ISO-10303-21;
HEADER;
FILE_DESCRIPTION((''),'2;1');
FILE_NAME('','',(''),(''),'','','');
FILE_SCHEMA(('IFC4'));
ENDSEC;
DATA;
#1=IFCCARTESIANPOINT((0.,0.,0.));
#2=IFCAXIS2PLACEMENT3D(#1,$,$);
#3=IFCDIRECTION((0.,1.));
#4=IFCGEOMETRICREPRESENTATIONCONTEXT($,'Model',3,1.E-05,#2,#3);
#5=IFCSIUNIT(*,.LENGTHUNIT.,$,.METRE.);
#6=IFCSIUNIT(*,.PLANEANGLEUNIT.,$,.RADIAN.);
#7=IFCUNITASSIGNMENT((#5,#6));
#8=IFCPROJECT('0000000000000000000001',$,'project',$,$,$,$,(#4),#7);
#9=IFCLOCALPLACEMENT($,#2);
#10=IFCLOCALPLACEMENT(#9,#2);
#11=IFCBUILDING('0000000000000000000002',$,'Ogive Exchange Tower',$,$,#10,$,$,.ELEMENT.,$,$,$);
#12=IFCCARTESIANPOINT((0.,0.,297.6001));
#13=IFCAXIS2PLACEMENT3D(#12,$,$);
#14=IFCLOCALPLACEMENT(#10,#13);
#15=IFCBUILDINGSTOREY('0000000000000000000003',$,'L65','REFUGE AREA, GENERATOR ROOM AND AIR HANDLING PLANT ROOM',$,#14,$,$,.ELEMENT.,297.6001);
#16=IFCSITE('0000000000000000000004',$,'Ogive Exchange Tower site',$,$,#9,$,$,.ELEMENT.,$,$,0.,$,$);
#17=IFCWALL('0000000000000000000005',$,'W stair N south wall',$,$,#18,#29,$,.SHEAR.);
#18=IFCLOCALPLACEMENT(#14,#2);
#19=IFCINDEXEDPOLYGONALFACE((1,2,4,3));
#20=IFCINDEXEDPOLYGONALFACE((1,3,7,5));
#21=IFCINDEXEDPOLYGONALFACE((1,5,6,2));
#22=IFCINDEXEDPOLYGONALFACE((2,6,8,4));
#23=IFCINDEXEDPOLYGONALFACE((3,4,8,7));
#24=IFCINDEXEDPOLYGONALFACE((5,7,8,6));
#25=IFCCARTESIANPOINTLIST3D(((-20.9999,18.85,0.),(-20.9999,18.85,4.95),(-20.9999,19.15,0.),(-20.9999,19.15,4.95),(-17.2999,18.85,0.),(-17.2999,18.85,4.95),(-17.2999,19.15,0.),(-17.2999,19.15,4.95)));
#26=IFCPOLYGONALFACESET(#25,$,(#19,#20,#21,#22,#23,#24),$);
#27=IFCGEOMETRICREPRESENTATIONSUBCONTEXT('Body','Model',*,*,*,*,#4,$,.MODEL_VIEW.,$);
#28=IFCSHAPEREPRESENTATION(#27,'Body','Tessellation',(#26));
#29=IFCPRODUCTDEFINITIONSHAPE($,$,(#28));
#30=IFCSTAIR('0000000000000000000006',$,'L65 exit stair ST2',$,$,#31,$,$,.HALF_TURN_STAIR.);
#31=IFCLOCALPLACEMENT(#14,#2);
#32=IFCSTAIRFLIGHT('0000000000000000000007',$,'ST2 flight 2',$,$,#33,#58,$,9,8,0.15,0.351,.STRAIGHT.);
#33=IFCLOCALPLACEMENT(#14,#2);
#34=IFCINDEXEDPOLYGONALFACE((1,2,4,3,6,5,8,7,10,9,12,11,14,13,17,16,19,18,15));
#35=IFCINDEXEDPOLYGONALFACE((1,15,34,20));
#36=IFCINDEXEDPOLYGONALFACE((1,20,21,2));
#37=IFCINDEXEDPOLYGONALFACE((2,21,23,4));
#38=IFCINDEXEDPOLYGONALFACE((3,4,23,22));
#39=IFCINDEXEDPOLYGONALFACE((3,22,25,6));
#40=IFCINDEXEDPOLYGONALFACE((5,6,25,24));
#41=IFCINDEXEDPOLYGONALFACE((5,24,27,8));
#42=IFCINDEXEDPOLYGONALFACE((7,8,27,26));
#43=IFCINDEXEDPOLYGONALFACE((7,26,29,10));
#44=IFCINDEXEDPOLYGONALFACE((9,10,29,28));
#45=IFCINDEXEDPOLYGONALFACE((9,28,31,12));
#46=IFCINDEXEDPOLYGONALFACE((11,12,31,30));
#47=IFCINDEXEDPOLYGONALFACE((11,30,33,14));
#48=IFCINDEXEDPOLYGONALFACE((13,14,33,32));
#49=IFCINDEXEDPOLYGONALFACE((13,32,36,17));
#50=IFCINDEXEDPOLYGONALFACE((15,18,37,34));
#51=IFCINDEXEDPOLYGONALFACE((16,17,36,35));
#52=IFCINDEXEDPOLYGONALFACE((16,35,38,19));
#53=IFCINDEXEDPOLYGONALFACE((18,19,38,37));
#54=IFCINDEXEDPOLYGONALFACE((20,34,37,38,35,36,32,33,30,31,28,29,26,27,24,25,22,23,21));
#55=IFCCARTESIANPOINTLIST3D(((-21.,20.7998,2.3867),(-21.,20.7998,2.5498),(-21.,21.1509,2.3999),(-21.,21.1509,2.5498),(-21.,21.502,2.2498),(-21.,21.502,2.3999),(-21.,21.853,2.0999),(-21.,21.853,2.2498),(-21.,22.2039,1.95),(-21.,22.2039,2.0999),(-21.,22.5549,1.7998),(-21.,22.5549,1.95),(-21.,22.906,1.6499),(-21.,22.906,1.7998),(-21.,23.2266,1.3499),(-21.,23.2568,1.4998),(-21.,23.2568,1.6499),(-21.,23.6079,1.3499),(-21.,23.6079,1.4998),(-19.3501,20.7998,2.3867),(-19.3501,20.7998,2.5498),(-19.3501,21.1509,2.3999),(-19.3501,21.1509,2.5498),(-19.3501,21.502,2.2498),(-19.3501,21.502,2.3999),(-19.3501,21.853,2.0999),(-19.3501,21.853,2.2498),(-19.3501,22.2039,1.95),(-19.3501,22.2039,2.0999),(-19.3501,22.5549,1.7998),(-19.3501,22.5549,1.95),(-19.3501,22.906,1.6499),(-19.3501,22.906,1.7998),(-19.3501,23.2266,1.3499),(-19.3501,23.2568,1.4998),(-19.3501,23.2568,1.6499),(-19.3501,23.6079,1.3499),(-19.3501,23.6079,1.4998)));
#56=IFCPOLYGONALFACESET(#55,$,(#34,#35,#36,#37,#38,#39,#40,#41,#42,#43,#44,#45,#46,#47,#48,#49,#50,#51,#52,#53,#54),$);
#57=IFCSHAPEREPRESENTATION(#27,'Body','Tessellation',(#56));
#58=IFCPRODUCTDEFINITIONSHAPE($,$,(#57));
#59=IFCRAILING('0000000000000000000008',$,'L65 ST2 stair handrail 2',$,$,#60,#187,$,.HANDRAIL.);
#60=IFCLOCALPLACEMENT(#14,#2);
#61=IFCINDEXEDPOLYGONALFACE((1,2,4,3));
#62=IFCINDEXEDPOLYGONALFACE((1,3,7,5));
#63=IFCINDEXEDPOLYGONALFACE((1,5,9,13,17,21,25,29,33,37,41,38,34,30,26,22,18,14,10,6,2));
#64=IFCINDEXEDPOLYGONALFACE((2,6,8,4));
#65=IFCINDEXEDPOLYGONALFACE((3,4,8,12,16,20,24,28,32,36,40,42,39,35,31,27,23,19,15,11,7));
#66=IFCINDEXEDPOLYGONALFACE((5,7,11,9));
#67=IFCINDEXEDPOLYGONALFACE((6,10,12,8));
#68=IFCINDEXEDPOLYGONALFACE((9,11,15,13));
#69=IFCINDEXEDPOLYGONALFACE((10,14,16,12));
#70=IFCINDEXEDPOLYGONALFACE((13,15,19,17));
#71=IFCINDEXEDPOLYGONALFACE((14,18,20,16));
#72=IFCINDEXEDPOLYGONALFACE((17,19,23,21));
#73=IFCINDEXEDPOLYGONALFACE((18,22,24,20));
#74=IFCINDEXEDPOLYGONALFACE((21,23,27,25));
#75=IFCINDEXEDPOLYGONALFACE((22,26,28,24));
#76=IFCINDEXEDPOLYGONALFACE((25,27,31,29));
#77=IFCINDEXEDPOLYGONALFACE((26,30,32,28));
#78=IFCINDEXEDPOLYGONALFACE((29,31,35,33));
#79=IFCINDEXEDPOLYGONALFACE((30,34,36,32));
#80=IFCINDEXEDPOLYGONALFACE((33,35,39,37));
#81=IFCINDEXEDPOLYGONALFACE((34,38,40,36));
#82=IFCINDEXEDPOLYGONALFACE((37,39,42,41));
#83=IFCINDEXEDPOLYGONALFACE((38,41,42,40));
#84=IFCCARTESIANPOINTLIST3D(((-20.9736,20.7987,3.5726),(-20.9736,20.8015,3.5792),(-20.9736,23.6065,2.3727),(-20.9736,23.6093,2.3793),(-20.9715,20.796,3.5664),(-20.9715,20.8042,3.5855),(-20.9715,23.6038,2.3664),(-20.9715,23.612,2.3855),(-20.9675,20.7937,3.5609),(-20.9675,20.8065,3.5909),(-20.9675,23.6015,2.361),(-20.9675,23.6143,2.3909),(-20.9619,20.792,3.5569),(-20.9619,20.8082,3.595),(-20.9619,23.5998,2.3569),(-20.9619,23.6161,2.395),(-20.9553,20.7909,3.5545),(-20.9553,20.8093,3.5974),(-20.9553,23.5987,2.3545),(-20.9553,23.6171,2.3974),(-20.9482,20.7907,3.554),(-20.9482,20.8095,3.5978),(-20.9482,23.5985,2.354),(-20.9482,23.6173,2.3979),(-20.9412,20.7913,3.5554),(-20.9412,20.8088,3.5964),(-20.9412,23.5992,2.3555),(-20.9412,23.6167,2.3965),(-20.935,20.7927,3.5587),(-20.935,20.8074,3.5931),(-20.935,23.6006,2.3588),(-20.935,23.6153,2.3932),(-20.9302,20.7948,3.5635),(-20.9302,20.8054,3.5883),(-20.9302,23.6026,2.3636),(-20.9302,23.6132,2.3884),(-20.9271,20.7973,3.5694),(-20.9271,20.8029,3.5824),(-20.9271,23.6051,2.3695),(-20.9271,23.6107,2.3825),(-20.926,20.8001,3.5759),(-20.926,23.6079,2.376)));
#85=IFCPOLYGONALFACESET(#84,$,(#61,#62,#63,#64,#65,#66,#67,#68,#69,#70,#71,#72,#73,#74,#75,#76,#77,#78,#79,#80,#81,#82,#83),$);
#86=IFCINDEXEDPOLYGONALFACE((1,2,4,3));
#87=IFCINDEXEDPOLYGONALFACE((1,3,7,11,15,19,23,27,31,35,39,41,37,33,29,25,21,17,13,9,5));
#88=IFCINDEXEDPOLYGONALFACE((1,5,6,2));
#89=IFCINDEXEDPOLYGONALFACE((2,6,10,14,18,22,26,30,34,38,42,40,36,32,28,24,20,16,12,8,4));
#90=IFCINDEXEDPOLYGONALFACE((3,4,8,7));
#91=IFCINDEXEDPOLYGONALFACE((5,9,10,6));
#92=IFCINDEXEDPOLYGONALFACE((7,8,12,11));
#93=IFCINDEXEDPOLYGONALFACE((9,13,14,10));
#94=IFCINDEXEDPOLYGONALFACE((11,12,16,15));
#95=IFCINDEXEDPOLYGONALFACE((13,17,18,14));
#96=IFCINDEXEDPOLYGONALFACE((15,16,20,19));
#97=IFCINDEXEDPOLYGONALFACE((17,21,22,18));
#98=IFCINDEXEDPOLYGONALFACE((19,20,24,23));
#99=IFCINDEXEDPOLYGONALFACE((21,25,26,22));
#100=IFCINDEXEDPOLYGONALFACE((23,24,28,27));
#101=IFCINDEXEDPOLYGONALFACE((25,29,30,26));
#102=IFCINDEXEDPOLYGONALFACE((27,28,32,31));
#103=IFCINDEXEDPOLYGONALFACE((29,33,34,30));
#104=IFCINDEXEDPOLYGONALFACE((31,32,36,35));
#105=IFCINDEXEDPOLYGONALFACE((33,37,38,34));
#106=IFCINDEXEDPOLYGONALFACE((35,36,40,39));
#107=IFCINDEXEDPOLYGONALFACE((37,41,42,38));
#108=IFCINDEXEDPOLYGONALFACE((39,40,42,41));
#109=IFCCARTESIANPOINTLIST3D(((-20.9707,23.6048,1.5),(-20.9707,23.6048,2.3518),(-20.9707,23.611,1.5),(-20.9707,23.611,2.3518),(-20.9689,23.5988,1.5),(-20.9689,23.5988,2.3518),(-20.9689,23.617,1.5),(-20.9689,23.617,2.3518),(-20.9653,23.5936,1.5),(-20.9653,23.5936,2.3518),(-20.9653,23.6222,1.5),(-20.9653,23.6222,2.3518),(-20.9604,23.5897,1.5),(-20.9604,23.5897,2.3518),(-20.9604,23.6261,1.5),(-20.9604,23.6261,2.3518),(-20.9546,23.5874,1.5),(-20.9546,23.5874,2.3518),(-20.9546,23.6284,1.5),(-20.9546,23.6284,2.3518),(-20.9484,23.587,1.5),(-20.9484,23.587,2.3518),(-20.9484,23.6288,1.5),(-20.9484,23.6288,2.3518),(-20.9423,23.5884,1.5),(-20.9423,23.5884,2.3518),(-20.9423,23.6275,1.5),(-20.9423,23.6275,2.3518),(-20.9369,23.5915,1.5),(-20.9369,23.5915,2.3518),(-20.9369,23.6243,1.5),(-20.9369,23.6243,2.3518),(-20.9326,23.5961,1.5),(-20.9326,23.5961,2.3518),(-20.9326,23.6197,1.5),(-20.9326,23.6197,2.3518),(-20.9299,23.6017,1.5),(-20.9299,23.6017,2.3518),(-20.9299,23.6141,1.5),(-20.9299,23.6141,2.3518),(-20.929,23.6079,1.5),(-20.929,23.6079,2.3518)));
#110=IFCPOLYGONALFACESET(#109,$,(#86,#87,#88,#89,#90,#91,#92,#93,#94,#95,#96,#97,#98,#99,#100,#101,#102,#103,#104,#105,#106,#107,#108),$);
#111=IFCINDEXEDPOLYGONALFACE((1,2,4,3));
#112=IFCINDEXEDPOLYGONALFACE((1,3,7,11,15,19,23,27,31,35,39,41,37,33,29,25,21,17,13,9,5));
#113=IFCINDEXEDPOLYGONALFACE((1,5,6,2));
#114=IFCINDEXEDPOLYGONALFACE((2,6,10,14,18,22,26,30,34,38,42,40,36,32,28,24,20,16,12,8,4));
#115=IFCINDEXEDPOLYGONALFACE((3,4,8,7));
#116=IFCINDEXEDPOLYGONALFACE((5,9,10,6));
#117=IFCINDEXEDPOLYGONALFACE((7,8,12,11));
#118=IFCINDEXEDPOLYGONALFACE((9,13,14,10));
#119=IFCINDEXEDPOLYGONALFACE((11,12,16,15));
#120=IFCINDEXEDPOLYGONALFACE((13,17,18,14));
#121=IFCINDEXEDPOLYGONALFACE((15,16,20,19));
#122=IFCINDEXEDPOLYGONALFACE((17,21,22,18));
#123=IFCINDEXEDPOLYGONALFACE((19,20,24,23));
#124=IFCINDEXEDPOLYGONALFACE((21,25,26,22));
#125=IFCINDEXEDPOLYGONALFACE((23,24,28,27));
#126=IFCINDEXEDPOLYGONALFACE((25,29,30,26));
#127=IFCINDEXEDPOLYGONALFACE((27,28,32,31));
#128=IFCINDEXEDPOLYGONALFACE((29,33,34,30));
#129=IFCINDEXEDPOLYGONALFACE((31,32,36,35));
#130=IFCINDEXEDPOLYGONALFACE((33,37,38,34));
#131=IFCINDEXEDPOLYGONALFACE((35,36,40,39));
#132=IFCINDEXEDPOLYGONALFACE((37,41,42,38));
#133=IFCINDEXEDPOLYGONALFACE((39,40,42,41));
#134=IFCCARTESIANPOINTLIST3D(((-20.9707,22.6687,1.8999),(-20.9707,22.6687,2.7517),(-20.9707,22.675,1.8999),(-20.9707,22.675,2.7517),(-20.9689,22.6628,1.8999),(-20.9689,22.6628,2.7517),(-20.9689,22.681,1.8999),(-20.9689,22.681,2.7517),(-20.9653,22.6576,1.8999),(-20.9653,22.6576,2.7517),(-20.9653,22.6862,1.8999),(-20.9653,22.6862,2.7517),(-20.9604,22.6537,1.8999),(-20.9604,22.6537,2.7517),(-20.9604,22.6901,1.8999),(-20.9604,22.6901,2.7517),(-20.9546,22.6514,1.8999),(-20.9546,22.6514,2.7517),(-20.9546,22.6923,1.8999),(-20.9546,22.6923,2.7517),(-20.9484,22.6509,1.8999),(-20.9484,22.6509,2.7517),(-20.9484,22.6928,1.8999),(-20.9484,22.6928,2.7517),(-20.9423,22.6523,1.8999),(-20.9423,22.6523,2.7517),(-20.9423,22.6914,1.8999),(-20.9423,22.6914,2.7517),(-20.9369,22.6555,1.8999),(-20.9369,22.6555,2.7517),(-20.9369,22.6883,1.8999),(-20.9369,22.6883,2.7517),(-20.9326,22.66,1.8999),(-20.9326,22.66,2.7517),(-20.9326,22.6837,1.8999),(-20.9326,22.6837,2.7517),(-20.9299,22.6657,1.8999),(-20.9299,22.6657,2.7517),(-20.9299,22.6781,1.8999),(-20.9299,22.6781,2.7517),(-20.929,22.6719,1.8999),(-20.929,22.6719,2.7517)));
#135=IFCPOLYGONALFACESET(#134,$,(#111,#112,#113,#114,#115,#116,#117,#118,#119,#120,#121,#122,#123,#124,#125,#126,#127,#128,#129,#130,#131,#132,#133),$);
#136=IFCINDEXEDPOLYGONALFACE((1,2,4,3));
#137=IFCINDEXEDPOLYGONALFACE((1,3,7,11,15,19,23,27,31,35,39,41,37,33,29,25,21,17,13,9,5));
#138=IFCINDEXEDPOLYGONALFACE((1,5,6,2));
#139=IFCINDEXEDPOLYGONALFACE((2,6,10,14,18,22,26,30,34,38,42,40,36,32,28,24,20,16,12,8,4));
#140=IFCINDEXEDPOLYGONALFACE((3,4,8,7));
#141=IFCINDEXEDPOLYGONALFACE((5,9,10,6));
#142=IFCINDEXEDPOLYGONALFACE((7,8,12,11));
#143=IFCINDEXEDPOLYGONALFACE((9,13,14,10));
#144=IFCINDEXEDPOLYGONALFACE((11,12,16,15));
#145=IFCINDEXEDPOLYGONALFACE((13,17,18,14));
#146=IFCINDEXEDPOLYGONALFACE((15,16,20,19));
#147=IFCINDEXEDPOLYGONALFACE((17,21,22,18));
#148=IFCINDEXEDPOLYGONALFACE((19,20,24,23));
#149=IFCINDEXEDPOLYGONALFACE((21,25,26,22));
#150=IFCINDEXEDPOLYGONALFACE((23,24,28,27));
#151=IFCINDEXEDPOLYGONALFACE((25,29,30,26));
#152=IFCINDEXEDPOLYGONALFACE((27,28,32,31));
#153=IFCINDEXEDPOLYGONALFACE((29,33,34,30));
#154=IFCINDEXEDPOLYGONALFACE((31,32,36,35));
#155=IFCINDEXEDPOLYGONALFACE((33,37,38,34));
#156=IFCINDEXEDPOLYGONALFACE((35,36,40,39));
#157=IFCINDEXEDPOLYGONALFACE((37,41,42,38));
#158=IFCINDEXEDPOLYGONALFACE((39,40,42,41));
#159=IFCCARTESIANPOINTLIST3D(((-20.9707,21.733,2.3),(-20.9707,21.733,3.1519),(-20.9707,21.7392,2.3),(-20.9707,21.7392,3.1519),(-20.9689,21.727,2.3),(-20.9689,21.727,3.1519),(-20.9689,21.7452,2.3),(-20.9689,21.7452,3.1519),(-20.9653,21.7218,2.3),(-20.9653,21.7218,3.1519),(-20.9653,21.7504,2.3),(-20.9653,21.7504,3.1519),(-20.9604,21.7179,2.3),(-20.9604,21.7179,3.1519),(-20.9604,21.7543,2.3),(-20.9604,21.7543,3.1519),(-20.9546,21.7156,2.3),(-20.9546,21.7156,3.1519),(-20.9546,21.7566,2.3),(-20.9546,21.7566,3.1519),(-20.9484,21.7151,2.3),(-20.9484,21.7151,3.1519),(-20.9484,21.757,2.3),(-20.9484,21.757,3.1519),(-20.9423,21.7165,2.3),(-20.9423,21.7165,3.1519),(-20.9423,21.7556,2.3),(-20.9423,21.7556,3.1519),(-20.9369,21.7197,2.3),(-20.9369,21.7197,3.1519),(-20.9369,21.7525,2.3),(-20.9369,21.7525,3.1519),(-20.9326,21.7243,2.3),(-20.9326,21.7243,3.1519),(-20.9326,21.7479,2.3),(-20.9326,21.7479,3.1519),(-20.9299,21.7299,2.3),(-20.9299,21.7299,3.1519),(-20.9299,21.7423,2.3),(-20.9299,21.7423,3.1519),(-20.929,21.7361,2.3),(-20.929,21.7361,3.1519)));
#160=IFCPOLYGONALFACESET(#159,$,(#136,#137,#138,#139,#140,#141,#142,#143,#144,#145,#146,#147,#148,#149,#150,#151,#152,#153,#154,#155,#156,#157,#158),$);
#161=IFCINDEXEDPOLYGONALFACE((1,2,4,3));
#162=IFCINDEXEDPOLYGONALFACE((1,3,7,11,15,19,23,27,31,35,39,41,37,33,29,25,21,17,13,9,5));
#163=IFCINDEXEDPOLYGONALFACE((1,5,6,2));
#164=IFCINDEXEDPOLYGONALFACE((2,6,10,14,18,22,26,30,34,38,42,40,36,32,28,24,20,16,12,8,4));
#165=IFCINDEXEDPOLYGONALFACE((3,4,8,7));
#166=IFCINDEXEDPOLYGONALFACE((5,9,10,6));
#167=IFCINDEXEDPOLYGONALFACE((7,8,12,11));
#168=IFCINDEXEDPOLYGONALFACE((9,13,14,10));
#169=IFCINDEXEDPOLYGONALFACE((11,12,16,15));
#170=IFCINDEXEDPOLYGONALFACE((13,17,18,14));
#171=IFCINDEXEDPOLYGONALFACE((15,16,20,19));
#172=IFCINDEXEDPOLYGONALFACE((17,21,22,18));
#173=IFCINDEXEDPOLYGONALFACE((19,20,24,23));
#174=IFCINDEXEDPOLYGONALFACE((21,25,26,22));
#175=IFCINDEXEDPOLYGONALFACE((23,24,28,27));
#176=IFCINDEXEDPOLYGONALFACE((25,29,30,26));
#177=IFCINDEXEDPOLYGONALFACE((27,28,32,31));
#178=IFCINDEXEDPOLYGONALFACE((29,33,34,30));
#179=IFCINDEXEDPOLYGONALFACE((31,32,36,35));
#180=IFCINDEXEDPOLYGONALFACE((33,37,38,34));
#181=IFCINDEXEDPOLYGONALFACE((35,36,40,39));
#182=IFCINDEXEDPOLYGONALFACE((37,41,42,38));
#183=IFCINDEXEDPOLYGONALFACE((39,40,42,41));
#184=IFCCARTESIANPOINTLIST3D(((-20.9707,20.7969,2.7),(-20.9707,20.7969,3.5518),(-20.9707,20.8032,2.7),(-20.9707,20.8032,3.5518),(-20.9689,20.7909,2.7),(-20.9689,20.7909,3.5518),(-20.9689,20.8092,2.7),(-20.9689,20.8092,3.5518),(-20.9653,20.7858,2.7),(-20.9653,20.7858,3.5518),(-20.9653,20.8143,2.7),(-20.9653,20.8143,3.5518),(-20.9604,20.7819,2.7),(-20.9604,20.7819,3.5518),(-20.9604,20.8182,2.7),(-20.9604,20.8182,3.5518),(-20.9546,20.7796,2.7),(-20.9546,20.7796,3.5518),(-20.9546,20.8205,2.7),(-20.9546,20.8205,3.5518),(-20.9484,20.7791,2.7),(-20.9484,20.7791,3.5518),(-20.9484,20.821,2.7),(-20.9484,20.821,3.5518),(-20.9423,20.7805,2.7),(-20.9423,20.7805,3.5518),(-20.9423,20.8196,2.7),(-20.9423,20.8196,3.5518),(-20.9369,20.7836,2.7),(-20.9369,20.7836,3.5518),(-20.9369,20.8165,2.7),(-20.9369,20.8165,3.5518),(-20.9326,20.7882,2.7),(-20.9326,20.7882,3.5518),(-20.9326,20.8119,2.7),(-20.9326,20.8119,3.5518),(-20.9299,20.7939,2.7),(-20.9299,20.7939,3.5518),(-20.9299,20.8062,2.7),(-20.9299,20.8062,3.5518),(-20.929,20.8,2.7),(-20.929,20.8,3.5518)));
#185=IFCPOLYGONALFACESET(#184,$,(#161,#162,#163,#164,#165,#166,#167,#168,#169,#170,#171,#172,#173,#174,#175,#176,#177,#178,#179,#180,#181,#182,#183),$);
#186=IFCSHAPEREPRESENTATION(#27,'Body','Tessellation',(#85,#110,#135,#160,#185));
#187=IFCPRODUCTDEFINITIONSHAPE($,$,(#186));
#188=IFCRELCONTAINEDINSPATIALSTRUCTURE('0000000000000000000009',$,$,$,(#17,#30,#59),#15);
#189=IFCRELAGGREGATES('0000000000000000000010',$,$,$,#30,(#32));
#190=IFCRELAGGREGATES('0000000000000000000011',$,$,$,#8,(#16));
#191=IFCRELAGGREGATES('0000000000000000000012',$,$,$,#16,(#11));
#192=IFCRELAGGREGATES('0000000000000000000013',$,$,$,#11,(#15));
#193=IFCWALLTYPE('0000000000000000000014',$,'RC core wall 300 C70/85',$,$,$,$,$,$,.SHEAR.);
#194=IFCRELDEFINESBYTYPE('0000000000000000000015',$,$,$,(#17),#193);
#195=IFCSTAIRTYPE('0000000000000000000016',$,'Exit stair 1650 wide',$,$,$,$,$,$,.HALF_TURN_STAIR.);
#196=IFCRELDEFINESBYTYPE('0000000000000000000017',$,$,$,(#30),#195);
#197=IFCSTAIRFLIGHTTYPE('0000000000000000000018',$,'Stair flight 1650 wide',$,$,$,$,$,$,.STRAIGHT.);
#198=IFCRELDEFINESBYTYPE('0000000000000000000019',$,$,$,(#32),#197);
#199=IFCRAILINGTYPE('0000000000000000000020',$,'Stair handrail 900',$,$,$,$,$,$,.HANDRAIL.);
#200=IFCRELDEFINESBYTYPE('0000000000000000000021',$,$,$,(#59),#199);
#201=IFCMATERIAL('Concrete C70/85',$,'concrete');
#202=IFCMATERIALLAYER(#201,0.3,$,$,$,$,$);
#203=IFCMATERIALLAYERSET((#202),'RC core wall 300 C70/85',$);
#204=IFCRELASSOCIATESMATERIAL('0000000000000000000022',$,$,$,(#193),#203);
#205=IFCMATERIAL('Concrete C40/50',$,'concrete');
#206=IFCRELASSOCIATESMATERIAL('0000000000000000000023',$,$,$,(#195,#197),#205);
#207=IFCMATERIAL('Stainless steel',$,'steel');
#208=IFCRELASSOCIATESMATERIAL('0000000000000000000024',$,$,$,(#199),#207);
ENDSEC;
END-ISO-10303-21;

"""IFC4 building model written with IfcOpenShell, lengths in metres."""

from ifc_helpers import new_model, si_unit, direction, frame, frame_2d, origin, origin_2d, place, context, subcontext, project, spatial, polyline, rectangle, circle, outline, extrude, material, layer, layer_set, type_object, element, aggregate, save


model = new_model("IFC4")

# Units and contexts
model_context = context("Model", 3, precision=1e-05, world=origin(), true_north=direction((0.0, 1.0)))
body_context = subcontext(model_context, "Body", "Model", "MODEL_VIEW")
ifc_project = project(units=[si_unit("LENGTHUNIT", "METRE"), si_unit("PLANEANGLEUNIT", "RADIAN")], contexts=[model_context])

# Site, building, storey
site_placement = place(None, origin())
site = spatial("IfcSite", under=ifc_project, at=site_placement, Name="Ogive Exchange Tower site", CompositionType="ELEMENT", RefElevation=0.0)
building_placement = place(site_placement, origin())
building = spatial("IfcBuilding", under=site, at=building_placement, Name="Ogive Exchange Tower", CompositionType="ELEMENT")
storey_placement = place(building_placement, frame((0.0, 0.0, 297.6001)))
storey = spatial("IfcBuildingStorey", under=building, at=storey_placement, Name="L65", Description="REFUGE AREA, GENERATOR ROOM AND AIR HANDLING PLANT ROOM", CompositionType="ELEMENT", Elevation=297.6001)

# Shared definitions
ifc_material_1 = material(Name="Concrete C70/85", Category="concrete")

# Wall
ifc_layer_1 = layer(ifc_material_1, 0.3)
ifc_layer_set_1 = layer_set([ifc_layer_1], Name="RC core wall 300 C70/85")
wall_type_1 = type_object("IfcWallType", Name="RC core wall 300 C70/85", PredefinedType="SHEAR", material=ifc_layer_set_1)
wall_1_placement = place(storey_placement, frame((-21.0, 19.0, 0.0), z_axis=(0.0, 0.0, 1.0), x_axis=(1.0, 0.0, 0.0)))
element("IfcWall", 1, at=wall_1_placement, inside=storey, type_object=wall_type_1, Name="W stair N south wall", PredefinedType="SHEAR", context=body_context, shape_type="SweptSolid", body=[
    extrude(rectangle(XDim=3.7, YDim=0.3, at=frame_2d((1.8501, 0.0))), origin(), (0.0, 0.0, 1.0), 4.95),
])

# Stair, stair flight
ifc_material_2 = material(Name="Concrete C40/50", Category="concrete")
stair_type = type_object("IfcStairType", Name="Exit stair 1650 wide", PredefinedType="HALF_TURN_STAIR", material=ifc_material_2)
stair_placement = place(storey_placement, origin())
stair = element("IfcStair", 2, at=stair_placement, inside=storey, type_object=stair_type, Name="L65 exit stair ST2", PredefinedType="HALF_TURN_STAIR")
stair_flight_type = type_object("IfcStairFlightType", Name="Stair flight 1650 wide", PredefinedType="STRAIGHT", material=ifc_material_2)
stair_flight_placement = place(storey_placement, frame((-20.175, 23.6079, 1.3499), z_axis=(0.0, 0.0, 1.0), x_axis=(0.0, -1.0, 0.0)))
stair_flight = element("IfcStairFlight", 3, at=stair_flight_placement, type_object=stair_flight_type, Name="ST2 flight 2", NumberOfRisers=9, NumberOfTreads=8, PredefinedType="STRAIGHT", RiserHeight=0.15, TreadLength=0.351, context=body_context, shape_type="SweptSolid", body=[
    extrude(outline(polyline([(0.0, 0.0), (0.0, 0.1499), (0.3511, 0.1499), (0.3511, 0.3), (0.7019, 0.3), (0.7019, 0.45), (1.053, 0.45), (1.053, 0.6001), (1.4041, 0.6001), (1.4041, 0.75), (1.7549, 0.75), (1.7549, 0.8999), (2.106, 0.8999), (2.106, 1.05), (2.457, 1.05), (2.457, 1.2), (2.8081, 1.2), (2.8081, 1.3501), (2.8081, 1.0369), (0.3813, 0.0), (0.0, 0.0)])), frame((0.0, 0.825, 0.0), z_axis=(0.0, -1.0, 0.0), x_axis=(1.0, 0.0, 0.0)), (0.0, 0.0, 1.0), 1.6499),
])
aggregate(stair, [stair_flight])

# Railing
ifc_material_3 = material(Name="Stainless steel", Category="steel")
railing_type = type_object("IfcRailingType", Name="Stair handrail 900", PredefinedType="HANDRAIL", material=ifc_material_3)
for number, where, name in (
    (4, (-20.95, 23.6079, 1.5), "L65 ST2 stair handrail 2"),
):
    element("IfcRailing", number, at=place(storey_placement, frame(where)), inside=storey, type_object=railing_type, Name=name, PredefinedType="HANDRAIL", context=body_context, shape_type="SweptSolid", body=[
        extrude(circle(Radius=0.0239, at=origin_2d()), frame((0.0, 0.0, 0.876), z_axis=(0.0, -0.91955, 0.392973), x_axis=(1.0, 0.0, 0.0)), (0.0, 0.0, 1.0), 3.0535),
        extrude(circle(Radius=0.021, at=origin_2d()), origin(), (0.0, 0.0, 1.0), 0.8518),
        extrude(circle(Radius=0.021, at=origin_2d()), frame((0.0, -0.936, 0.3999)), (0.0, 0.0, 1.0), 0.8518),
        extrude(circle(Radius=0.021, at=origin_2d()), frame((0.0, -1.8718, 0.8)), (0.0, 0.0, 1.0), 0.8518),
        extrude(circle(Radius=0.021, at=origin_2d()), frame((0.0, -2.8079, 1.2)), (0.0, 0.0, 1.0), 0.8518),
    ])

save(model, "model.ifc")
